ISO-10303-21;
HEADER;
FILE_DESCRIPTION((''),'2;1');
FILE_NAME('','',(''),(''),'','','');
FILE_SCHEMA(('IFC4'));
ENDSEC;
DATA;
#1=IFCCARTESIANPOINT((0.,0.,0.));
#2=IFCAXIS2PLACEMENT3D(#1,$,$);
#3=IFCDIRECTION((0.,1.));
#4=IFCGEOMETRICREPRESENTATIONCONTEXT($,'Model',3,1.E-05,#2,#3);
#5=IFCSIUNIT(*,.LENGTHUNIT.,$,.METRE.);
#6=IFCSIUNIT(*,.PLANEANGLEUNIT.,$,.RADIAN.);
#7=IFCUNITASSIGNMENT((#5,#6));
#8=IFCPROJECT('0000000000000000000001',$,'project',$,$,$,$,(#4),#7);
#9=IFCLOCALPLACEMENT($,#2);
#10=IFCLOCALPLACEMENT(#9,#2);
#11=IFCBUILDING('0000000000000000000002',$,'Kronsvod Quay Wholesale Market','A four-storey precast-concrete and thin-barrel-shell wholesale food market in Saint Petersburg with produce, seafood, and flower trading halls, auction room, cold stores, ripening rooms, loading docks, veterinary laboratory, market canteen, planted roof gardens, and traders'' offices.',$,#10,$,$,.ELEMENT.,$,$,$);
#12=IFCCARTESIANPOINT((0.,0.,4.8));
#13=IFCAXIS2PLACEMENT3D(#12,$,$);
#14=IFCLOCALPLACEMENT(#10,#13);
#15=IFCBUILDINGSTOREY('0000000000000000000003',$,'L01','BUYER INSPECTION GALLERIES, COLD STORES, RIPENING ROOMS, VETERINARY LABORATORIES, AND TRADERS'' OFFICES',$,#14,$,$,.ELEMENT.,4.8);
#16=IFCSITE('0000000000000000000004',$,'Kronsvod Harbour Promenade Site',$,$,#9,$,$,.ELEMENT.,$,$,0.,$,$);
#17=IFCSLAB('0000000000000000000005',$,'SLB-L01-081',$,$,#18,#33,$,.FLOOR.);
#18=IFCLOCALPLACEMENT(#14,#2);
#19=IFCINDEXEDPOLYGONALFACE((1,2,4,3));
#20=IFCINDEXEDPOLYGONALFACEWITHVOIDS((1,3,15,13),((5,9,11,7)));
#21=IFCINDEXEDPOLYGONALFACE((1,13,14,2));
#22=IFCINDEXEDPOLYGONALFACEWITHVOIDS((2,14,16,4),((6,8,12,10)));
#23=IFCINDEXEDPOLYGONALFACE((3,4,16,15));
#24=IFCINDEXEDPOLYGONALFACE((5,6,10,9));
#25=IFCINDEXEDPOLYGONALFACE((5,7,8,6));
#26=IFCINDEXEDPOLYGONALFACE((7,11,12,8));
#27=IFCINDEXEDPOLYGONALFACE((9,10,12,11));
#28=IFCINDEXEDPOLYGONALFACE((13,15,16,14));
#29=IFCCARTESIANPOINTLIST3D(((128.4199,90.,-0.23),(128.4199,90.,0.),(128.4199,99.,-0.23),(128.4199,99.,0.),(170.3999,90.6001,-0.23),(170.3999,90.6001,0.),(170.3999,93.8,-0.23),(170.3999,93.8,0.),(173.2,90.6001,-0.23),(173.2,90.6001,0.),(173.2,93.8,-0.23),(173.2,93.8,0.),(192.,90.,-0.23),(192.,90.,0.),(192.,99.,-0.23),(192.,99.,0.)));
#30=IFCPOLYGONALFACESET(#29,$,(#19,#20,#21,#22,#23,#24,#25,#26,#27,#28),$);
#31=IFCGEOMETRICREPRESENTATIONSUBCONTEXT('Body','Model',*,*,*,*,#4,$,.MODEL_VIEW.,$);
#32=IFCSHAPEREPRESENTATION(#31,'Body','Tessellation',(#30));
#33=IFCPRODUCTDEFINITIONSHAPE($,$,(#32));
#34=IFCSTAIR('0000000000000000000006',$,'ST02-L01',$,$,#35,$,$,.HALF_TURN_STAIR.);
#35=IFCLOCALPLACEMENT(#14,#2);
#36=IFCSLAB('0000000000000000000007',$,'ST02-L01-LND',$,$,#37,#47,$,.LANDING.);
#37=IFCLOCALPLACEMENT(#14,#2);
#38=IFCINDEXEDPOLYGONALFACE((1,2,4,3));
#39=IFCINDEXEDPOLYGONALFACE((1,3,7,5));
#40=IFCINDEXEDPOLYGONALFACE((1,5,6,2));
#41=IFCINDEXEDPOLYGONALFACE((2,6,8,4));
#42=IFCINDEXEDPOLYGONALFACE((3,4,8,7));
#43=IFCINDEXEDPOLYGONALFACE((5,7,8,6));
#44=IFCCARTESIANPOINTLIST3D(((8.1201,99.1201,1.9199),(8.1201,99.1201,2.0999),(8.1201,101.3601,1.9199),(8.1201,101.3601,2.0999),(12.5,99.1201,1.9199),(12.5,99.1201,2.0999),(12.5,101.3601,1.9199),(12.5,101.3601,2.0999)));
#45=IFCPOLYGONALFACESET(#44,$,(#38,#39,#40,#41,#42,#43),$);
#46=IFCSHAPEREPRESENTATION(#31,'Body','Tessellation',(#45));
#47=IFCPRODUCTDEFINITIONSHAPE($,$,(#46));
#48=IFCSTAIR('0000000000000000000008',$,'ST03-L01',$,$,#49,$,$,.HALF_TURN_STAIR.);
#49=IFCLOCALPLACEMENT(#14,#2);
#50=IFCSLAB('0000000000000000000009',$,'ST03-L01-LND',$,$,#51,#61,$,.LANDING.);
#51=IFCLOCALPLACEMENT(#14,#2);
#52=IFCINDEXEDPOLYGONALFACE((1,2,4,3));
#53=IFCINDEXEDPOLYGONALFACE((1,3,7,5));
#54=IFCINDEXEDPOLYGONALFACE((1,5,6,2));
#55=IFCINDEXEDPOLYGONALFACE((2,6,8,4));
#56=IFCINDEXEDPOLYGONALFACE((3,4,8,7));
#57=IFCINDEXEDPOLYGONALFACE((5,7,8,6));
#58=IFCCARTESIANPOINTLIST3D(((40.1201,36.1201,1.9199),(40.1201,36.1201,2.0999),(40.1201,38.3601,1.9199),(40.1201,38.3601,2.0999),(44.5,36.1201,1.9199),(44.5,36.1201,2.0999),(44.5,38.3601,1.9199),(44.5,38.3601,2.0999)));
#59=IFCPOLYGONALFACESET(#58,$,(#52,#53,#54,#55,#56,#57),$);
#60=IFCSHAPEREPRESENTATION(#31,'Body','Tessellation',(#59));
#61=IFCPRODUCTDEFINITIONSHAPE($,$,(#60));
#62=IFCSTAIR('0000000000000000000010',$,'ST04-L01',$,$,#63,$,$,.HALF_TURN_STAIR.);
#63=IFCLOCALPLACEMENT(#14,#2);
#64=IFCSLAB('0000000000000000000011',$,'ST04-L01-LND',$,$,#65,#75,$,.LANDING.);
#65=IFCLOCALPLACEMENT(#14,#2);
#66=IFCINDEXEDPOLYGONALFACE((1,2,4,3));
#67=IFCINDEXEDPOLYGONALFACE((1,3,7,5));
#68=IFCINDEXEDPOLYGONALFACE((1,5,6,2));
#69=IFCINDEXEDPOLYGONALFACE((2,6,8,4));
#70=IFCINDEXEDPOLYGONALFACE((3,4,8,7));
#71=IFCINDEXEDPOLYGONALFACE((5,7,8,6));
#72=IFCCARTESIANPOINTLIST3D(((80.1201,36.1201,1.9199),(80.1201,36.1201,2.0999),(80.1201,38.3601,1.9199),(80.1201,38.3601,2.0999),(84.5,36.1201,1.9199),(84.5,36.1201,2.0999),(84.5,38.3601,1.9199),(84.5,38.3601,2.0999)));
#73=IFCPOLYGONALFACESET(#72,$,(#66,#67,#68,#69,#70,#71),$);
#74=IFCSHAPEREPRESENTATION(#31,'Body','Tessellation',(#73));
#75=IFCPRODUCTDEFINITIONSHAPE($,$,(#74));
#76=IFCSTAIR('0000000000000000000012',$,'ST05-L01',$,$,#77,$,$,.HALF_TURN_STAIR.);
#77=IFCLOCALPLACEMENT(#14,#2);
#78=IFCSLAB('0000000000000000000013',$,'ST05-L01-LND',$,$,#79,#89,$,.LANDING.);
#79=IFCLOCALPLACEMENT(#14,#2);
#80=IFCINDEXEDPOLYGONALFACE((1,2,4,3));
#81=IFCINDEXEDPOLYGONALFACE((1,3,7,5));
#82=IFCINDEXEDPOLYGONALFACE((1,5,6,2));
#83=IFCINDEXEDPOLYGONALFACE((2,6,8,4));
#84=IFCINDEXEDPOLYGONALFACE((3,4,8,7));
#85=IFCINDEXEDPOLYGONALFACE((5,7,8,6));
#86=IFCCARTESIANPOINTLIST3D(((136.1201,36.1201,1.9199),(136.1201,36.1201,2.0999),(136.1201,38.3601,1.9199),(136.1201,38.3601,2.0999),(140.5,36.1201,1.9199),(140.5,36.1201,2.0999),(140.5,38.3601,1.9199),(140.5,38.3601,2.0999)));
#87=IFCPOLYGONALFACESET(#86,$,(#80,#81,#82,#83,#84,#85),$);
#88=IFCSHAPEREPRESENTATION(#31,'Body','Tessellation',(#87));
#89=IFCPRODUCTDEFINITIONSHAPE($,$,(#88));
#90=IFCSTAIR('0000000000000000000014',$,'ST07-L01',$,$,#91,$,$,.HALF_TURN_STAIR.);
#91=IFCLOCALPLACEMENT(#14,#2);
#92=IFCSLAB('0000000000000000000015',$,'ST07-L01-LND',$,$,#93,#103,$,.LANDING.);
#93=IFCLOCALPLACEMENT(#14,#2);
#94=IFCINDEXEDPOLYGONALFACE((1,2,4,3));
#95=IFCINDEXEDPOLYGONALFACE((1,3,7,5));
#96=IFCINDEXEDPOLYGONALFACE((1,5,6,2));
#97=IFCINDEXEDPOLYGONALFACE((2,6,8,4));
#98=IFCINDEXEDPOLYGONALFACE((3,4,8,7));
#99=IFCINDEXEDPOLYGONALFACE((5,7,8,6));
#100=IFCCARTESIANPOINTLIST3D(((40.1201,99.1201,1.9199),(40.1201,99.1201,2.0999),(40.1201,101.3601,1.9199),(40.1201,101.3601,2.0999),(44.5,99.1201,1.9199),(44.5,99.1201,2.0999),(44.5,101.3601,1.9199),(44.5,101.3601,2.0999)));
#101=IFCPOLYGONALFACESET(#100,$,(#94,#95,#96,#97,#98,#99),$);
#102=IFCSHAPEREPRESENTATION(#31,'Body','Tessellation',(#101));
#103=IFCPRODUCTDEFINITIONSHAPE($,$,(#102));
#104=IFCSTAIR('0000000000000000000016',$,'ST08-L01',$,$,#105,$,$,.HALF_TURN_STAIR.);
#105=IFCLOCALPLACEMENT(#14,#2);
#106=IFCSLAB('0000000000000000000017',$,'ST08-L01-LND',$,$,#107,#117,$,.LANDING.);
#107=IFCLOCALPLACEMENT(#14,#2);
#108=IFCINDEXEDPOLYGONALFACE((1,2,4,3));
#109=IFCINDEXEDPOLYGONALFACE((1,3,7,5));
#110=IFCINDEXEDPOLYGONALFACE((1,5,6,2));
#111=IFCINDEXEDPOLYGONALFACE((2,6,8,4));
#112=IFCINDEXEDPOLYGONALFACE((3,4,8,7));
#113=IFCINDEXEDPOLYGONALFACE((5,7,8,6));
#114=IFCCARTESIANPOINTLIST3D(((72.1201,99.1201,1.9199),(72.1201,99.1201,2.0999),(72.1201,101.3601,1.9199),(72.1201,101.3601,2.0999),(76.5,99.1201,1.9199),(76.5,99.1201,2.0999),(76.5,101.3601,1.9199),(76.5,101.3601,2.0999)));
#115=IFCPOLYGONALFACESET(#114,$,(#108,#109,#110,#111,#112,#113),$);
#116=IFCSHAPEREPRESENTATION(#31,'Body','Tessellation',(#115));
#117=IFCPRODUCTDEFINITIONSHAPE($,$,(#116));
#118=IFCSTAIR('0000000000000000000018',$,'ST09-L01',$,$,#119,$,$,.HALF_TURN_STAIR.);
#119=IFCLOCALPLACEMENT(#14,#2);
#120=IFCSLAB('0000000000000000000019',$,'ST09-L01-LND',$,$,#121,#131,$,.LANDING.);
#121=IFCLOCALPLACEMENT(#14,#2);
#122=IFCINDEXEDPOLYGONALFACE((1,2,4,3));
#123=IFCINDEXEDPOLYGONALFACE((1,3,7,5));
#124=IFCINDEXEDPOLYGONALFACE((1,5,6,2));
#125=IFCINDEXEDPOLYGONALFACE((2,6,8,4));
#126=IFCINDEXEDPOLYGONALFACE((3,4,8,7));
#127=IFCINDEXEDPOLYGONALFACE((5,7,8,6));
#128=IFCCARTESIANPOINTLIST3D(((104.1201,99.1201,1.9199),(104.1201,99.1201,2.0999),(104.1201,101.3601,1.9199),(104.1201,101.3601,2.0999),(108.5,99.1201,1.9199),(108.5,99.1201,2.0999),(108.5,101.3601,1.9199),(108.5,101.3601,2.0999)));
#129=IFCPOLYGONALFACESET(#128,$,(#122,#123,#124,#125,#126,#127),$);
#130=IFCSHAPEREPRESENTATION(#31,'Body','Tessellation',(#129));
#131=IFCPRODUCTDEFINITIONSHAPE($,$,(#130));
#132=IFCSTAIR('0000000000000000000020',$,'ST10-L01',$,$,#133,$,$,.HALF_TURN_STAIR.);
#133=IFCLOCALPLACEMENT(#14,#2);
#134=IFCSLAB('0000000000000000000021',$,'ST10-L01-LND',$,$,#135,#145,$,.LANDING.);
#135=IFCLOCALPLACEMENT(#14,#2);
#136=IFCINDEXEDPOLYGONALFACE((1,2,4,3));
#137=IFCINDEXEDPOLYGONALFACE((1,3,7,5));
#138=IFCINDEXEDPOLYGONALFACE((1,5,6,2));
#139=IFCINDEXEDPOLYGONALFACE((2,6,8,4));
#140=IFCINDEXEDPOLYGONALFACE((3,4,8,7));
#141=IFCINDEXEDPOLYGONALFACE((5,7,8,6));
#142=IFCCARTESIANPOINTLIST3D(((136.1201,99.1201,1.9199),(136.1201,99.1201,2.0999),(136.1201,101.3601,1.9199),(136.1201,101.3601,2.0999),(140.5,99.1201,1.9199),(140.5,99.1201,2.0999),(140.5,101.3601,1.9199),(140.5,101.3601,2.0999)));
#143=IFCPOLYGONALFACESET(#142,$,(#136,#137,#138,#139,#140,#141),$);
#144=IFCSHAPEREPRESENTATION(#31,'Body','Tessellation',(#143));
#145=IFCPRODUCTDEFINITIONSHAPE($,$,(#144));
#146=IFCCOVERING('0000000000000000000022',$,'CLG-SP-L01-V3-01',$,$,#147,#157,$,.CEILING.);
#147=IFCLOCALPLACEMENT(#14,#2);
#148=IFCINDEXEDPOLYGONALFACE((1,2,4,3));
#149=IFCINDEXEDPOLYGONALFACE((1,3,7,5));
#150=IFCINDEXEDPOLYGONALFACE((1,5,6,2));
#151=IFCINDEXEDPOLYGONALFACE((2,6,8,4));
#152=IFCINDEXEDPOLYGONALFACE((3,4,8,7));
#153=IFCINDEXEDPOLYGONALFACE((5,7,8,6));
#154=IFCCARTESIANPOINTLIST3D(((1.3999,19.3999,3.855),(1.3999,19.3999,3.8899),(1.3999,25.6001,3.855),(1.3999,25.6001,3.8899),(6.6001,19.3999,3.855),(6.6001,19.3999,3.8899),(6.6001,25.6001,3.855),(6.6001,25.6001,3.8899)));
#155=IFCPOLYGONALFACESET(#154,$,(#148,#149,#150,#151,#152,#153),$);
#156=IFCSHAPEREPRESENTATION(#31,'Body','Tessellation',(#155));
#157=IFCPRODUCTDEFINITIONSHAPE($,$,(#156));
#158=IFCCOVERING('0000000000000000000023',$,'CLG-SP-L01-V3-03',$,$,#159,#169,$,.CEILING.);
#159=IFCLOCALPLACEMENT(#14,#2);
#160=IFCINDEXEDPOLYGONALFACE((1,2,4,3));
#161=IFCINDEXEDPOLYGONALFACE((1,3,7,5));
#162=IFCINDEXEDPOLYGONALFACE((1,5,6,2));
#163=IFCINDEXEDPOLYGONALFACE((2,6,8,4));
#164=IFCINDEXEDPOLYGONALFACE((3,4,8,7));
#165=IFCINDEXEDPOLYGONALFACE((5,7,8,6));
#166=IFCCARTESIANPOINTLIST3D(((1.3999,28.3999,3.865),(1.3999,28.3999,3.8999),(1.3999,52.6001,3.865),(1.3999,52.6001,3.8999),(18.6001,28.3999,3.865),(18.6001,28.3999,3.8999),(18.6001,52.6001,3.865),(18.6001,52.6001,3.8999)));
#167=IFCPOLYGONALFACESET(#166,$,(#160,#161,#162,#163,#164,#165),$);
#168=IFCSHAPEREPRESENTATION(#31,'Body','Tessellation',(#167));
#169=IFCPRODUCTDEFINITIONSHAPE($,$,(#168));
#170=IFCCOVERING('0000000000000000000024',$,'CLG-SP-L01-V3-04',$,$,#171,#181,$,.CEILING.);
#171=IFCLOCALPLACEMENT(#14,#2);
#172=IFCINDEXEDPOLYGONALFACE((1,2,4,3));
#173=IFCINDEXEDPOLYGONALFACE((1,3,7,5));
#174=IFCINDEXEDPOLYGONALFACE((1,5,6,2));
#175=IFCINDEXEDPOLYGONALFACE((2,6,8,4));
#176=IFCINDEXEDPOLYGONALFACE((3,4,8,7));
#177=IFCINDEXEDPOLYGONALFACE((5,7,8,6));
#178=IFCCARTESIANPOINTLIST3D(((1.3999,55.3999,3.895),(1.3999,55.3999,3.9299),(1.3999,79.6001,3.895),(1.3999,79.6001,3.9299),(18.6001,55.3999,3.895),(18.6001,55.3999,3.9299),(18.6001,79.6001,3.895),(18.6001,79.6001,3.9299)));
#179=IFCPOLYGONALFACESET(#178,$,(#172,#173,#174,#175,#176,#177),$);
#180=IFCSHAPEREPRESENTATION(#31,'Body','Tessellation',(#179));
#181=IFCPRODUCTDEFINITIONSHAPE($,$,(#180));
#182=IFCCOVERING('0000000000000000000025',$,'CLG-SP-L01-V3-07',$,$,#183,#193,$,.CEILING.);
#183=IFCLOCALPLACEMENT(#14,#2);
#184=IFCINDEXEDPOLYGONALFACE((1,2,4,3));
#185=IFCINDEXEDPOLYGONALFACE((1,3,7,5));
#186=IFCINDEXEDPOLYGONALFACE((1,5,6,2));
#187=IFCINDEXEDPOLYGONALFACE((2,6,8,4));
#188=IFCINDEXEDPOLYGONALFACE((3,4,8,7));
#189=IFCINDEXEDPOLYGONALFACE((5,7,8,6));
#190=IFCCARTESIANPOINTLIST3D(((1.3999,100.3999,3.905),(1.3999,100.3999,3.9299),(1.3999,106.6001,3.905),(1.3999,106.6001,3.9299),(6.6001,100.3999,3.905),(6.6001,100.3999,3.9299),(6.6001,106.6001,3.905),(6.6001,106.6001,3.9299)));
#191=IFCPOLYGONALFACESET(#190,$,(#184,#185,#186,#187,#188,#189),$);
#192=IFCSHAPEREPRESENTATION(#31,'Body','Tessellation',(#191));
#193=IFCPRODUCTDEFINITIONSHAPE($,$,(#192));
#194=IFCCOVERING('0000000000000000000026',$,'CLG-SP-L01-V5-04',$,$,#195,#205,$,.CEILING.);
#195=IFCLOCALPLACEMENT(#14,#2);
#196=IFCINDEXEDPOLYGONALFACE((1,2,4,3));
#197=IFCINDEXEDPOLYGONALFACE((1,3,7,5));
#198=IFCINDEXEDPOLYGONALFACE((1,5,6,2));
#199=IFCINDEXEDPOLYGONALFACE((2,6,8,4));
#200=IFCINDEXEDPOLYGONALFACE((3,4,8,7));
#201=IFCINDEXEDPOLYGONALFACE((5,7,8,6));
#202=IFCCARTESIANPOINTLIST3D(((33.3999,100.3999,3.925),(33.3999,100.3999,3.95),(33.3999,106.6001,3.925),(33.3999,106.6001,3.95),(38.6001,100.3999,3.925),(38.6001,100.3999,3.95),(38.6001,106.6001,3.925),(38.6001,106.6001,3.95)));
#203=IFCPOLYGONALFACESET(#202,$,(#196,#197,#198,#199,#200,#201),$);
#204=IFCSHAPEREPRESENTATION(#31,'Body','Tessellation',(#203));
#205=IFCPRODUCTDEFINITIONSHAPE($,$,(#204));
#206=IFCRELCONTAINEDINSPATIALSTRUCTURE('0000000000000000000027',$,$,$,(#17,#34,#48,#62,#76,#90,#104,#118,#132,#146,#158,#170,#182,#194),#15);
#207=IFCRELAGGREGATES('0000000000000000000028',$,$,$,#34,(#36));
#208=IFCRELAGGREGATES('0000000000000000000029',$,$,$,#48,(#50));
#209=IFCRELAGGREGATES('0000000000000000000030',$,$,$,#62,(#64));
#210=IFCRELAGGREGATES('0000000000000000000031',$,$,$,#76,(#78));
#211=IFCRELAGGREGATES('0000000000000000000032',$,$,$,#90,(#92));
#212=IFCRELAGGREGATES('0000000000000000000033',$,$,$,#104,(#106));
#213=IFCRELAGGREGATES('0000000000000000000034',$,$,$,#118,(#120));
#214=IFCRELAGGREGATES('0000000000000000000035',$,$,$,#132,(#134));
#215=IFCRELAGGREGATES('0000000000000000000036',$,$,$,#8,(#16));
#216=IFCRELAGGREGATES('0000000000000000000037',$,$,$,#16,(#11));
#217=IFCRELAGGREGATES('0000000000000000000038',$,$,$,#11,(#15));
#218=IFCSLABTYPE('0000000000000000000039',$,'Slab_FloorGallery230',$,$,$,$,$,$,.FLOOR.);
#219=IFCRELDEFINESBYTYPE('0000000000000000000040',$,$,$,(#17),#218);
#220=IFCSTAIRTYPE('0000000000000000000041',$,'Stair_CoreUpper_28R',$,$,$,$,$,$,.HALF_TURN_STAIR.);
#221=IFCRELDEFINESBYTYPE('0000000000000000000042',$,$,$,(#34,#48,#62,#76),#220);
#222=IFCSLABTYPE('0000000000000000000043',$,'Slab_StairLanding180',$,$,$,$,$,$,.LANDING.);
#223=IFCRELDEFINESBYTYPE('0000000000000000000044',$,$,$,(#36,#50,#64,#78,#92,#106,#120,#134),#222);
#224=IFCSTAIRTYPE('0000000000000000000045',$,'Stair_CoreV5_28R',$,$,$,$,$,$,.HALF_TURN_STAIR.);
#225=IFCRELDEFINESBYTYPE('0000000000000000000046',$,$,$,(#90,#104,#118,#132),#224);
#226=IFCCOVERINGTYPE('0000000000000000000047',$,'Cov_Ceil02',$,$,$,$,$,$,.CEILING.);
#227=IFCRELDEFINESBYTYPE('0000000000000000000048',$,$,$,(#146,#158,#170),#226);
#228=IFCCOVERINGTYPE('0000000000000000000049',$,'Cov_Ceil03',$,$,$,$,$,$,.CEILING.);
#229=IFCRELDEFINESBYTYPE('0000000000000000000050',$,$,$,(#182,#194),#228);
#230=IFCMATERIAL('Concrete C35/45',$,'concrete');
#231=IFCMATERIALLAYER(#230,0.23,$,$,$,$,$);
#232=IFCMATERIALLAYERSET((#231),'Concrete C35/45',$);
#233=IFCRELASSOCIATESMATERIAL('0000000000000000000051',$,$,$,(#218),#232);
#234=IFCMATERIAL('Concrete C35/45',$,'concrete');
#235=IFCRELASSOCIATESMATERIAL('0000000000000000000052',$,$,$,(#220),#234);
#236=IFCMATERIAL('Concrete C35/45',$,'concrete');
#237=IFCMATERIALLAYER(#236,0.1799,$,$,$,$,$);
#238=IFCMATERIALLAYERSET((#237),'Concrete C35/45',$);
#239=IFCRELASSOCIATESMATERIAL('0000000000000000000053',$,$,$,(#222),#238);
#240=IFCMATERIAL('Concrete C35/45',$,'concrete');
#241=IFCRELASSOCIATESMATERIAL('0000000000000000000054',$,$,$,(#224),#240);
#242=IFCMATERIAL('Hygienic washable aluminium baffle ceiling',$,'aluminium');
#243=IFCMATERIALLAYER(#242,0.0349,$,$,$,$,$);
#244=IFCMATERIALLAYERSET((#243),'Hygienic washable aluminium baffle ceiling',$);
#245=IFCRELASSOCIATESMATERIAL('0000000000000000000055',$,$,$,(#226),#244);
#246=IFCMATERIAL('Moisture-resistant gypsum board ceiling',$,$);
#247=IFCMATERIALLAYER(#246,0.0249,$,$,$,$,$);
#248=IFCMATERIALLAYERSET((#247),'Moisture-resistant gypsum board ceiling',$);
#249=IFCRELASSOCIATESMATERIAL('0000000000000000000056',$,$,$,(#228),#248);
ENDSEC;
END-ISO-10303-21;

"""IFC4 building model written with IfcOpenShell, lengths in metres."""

from ifc_helpers import new_model, si_unit, direction, frame, origin, place, context, subcontext, project, spatial, polyline, outline, extrude, material, layer, layer_set, type_object, element, aggregate, save


model = new_model("IFC4")

# Units and contexts
model_context = context("Model", 3, precision=1e-05, world=origin(), true_north=direction((0.0, 1.0)))
body_context = subcontext(model_context, "Body", "Model", "MODEL_VIEW")
ifc_project = project(units=[si_unit("LENGTHUNIT", "METRE"), si_unit("PLANEANGLEUNIT", "RADIAN")], contexts=[model_context])

# Site, building, storey
site_placement = place(None, origin())
site = spatial("IfcSite", under=ifc_project, at=site_placement, Name="Kronsvod Harbour Promenade Site", CompositionType="ELEMENT", RefElevation=0.0)
building_placement = place(site_placement, origin())
building = spatial("IfcBuilding", under=site, at=building_placement, Name="Kronsvod Quay Wholesale Market", Description="A four-storey precast-concrete and thin-barrel-shell wholesale food market in Saint Petersburg with produce, seafood, and flower trading halls, auction room, cold stores, ripening rooms, loading docks, veterinary laboratory, market canteen, planted roof gardens, and traders' offices.", CompositionType="ELEMENT")
storey_placement = place(building_placement, frame((0.0, 0.0, 4.8)))
storey = spatial("IfcBuildingStorey", under=building, at=storey_placement, Name="L01", Description="BUYER INSPECTION GALLERIES, COLD STORES, RIPENING ROOMS, VETERINARY LABORATORIES, AND TRADERS' OFFICES", CompositionType="ELEMENT", Elevation=4.8)

# Slab
ifc_material_1 = material(Name="Concrete C35/45", Category="concrete")
ifc_layer_1 = layer(ifc_material_1, 0.23)
ifc_layer_set_1 = layer_set([ifc_layer_1], Name="Concrete C35/45")
slab_type_1 = type_object("IfcSlabType", Name="Slab_FloorGallery230", PredefinedType="FLOOR", material=ifc_layer_set_1)
slab_1_placement = place(storey_placement, frame((0.0, 0.0, -0.23)))
element("IfcSlab", 1, at=slab_1_placement, inside=storey, type_object=slab_type_1, Name="SLB-L01-081", PredefinedType="FLOOR", context=body_context, shape_type="SweptSolid", body=[
    extrude(outline(polyline([(128.4199, 90.0), (192.0, 90.0), (192.0, 99.0), (128.4199, 99.0), (128.4199, 90.0)]), holes=[polyline([(170.3999, 90.6001), (173.2, 90.6001), (173.2, 93.8), (170.3999, 93.8), (170.3999, 90.6001)])]), origin(), (0.0, 0.0, 1.0), 0.23),
])

# Stairs, slabs
ifc_material_2 = material(Name="Concrete C35/45", Category="concrete")
stair_type_1 = type_object("IfcStairType", Name="Stair_CoreUpper_28R", PredefinedType="HALF_TURN_STAIR", material=ifc_material_2)
stair_1_placement = place(storey_placement, origin())
stair_1 = element("IfcStair", 2, at=stair_1_placement, inside=storey, type_object=stair_type_1, Name="ST02-L01", PredefinedType="HALF_TURN_STAIR")
ifc_material_3 = material(Name="Concrete C35/45", Category="concrete")
ifc_layer_2 = layer(ifc_material_3, 0.1799)
ifc_layer_set_2 = layer_set([ifc_layer_2], Name="Concrete C35/45")
slab_type_2 = type_object("IfcSlabType", Name="Slab_StairLanding180", PredefinedType="LANDING", material=ifc_layer_set_2)
slab_2_placement = place(storey_placement, frame((0.0, 0.0, 1.9199)))
slab_2 = element("IfcSlab", 3, at=slab_2_placement, type_object=slab_type_2, Name="ST02-L01-LND", PredefinedType="LANDING", context=body_context, shape_type="SweptSolid", body=[
    extrude(outline(polyline([(8.1201, 99.1201), (12.5, 99.1201), (12.5, 101.3601), (8.1201, 101.3601), (8.1201, 99.1201)])), origin(), (0.0, 0.0, 1.0), 0.1799),
])
aggregate(stair_1, [slab_2])
stair_2_placement = place(storey_placement, origin())
stair_2 = element("IfcStair", 4, at=stair_2_placement, inside=storey, type_object=stair_type_1, Name="ST03-L01", PredefinedType="HALF_TURN_STAIR")
slab_3_placement = place(storey_placement, frame((0.0, 0.0, 1.9199)))
slab_3 = element("IfcSlab", 5, at=slab_3_placement, type_object=slab_type_2, Name="ST03-L01-LND", PredefinedType="LANDING", context=body_context, shape_type="SweptSolid", body=[
    extrude(outline(polyline([(40.1201, 36.1201), (44.5, 36.1201), (44.5, 38.3601), (40.1201, 38.3601), (40.1201, 36.1201)])), origin(), (0.0, 0.0, 1.0), 0.1799),
])
aggregate(stair_2, [slab_3])
stair_3_placement = place(storey_placement, origin())
stair_3 = element("IfcStair", 6, at=stair_3_placement, inside=storey, type_object=stair_type_1, Name="ST04-L01", PredefinedType="HALF_TURN_STAIR")
slab_4_placement = place(storey_placement, frame((0.0, 0.0, 1.9199)))
slab_4 = element("IfcSlab", 7, at=slab_4_placement, type_object=slab_type_2, Name="ST04-L01-LND", PredefinedType="LANDING", context=body_context, shape_type="SweptSolid", body=[
    extrude(outline(polyline([(80.1201, 36.1201), (84.5, 36.1201), (84.5, 38.3601), (80.1201, 38.3601), (80.1201, 36.1201)])), origin(), (0.0, 0.0, 1.0), 0.1799),
])
aggregate(stair_3, [slab_4])
stair_4_placement = place(storey_placement, origin())
stair_4 = element("IfcStair", 8, at=stair_4_placement, inside=storey, type_object=stair_type_1, Name="ST05-L01", PredefinedType="HALF_TURN_STAIR")
slab_5_placement = place(storey_placement, frame((0.0, 0.0, 1.9199)))
slab_5 = element("IfcSlab", 9, at=slab_5_placement, type_object=slab_type_2, Name="ST05-L01-LND", PredefinedType="LANDING", context=body_context, shape_type="SweptSolid", body=[
    extrude(outline(polyline([(136.1201, 36.1201), (140.5, 36.1201), (140.5, 38.3601), (136.1201, 38.3601), (136.1201, 36.1201)])), origin(), (0.0, 0.0, 1.0), 0.1799),
])
aggregate(stair_4, [slab_5])
ifc_material_4 = material(Name="Concrete C35/45", Category="concrete")
stair_type_2 = type_object("IfcStairType", Name="Stair_CoreV5_28R", PredefinedType="HALF_TURN_STAIR", material=ifc_material_4)
stair_5_placement = place(storey_placement, origin())
stair_5 = element("IfcStair", 10, at=stair_5_placement, inside=storey, type_object=stair_type_2, Name="ST07-L01", PredefinedType="HALF_TURN_STAIR")
slab_6_placement = place(storey_placement, frame((0.0, 0.0, 1.9199)))
slab_6 = element("IfcSlab", 11, at=slab_6_placement, type_object=slab_type_2, Name="ST07-L01-LND", PredefinedType="LANDING", context=body_context, shape_type="SweptSolid", body=[
    extrude(outline(polyline([(40.1201, 99.1201), (44.5, 99.1201), (44.5, 101.3601), (40.1201, 101.3601), (40.1201, 99.1201)])), origin(), (0.0, 0.0, 1.0), 0.1799),
])
aggregate(stair_5, [slab_6])
stair_6_placement = place(storey_placement, origin())
stair_6 = element("IfcStair", 12, at=stair_6_placement, inside=storey, type_object=stair_type_2, Name="ST08-L01", PredefinedType="HALF_TURN_STAIR")
slab_7_placement = place(storey_placement, frame((0.0, 0.0, 1.9199)))
slab_7 = element("IfcSlab", 13, at=slab_7_placement, type_object=slab_type_2, Name="ST08-L01-LND", PredefinedType="LANDING", context=body_context, shape_type="SweptSolid", body=[
    extrude(outline(polyline([(72.1201, 99.1201), (76.5, 99.1201), (76.5, 101.3601), (72.1201, 101.3601), (72.1201, 99.1201)])), origin(), (0.0, 0.0, 1.0), 0.1799),
])
aggregate(stair_6, [slab_7])
stair_7_placement = place(storey_placement, origin())
stair_7 = element("IfcStair", 14, at=stair_7_placement, inside=storey, type_object=stair_type_2, Name="ST09-L01", PredefinedType="HALF_TURN_STAIR")
slab_8_placement = place(storey_placement, frame((0.0, 0.0, 1.9199)))
slab_8 = element("IfcSlab", 15, at=slab_8_placement, type_object=slab_type_2, Name="ST09-L01-LND", PredefinedType="LANDING", context=body_context, shape_type="SweptSolid", body=[
    extrude(outline(polyline([(104.1201, 99.1201), (108.5, 99.1201), (108.5, 101.3601), (104.1201, 101.3601), (104.1201, 99.1201)])), origin(), (0.0, 0.0, 1.0), 0.1799),
])
aggregate(stair_7, [slab_8])
stair_8_placement = place(storey_placement, origin())
stair_8 = element("IfcStair", 16, at=stair_8_placement, inside=storey, type_object=stair_type_2, Name="ST10-L01", PredefinedType="HALF_TURN_STAIR")
slab_9_placement = place(storey_placement, frame((0.0, 0.0, 1.9199)))
slab_9 = element("IfcSlab", 17, at=slab_9_placement, type_object=slab_type_2, Name="ST10-L01-LND", PredefinedType="LANDING", context=body_context, shape_type="SweptSolid", body=[
    extrude(outline(polyline([(136.1201, 99.1201), (140.5, 99.1201), (140.5, 101.3601), (136.1201, 101.3601), (136.1201, 99.1201)])), origin(), (0.0, 0.0, 1.0), 0.1799),
])
aggregate(stair_8, [slab_9])

# Coverings
ifc_material_5 = material(Name="Hygienic washable aluminium baffle ceiling", Category="aluminium")
ifc_layer_3 = layer(ifc_material_5, 0.0349)
ifc_layer_set_3 = layer_set([ifc_layer_3], Name="Hygienic washable aluminium baffle ceiling")
covering_type_1 = type_object("IfcCoveringType", Name="Cov_Ceil02", PredefinedType="CEILING", material=ifc_layer_set_3)
covering_1_placement = place(storey_placement, frame((0.0, 0.0, 3.855)))
element("IfcCovering", 18, at=covering_1_placement, inside=storey, type_object=covering_type_1, Name="CLG-SP-L01-V3-01", PredefinedType="CEILING", context=body_context, shape_type="SweptSolid", body=[
    extrude(outline(polyline([(1.3999, 19.3999), (6.6001, 19.3999), (6.6001, 25.6001), (1.3999, 25.6001), (1.3999, 19.3999)])), origin(), (0.0, 0.0, 1.0), 0.0349),
])
covering_2_placement = place(storey_placement, frame((0.0, 0.0, 3.865)))
element("IfcCovering", 19, at=covering_2_placement, inside=storey, type_object=covering_type_1, Name="CLG-SP-L01-V3-03", PredefinedType="CEILING", context=body_context, shape_type="SweptSolid", body=[
    extrude(outline(polyline([(1.3999, 28.3999), (18.6001, 28.3999), (18.6001, 52.6001), (1.3999, 52.6001), (1.3999, 28.3999)])), origin(), (0.0, 0.0, 1.0), 0.0349),
])
covering_3_placement = place(storey_placement, frame((0.0, 0.0, 3.895)))
element("IfcCovering", 20, at=covering_3_placement, inside=storey, type_object=covering_type_1, Name="CLG-SP-L01-V3-04", PredefinedType="CEILING", context=body_context, shape_type="SweptSolid", body=[
    extrude(outline(polyline([(1.3999, 55.3999), (18.6001, 55.3999), (18.6001, 79.6001), (1.3999, 79.6001), (1.3999, 55.3999)])), origin(), (0.0, 0.0, 1.0), 0.0349),
])
ifc_material_6 = material(Name="Moisture-resistant gypsum board ceiling")
ifc_layer_4 = layer(ifc_material_6, 0.0249)
ifc_layer_set_4 = layer_set([ifc_layer_4], Name="Moisture-resistant gypsum board ceiling")
covering_type_2 = type_object("IfcCoveringType", Name="Cov_Ceil03", PredefinedType="CEILING", material=ifc_layer_set_4)
covering_4_placement = place(storey_placement, frame((0.0, 0.0, 3.905)))
element("IfcCovering", 21, at=covering_4_placement, inside=storey, type_object=covering_type_2, Name="CLG-SP-L01-V3-07", PredefinedType="CEILING", context=body_context, shape_type="SweptSolid", body=[
    extrude(outline(polyline([(1.3999, 100.3999), (6.6001, 100.3999), (6.6001, 106.6001), (1.3999, 106.6001), (1.3999, 100.3999)])), origin(), (0.0, 0.0, 1.0), 0.0249),
])
covering_5_placement = place(storey_placement, frame((0.0, 0.0, 3.925)))
element("IfcCovering", 22, at=covering_5_placement, inside=storey, type_object=covering_type_2, Name="CLG-SP-L01-V5-04", PredefinedType="CEILING", context=body_context, shape_type="SweptSolid", body=[
    extrude(outline(polyline([(33.3999, 100.3999), (38.6001, 100.3999), (38.6001, 106.6001), (33.3999, 106.6001), (33.3999, 100.3999)])), origin(), (0.0, 0.0, 1.0), 0.0249),
])

save(model, "model.ifc")
